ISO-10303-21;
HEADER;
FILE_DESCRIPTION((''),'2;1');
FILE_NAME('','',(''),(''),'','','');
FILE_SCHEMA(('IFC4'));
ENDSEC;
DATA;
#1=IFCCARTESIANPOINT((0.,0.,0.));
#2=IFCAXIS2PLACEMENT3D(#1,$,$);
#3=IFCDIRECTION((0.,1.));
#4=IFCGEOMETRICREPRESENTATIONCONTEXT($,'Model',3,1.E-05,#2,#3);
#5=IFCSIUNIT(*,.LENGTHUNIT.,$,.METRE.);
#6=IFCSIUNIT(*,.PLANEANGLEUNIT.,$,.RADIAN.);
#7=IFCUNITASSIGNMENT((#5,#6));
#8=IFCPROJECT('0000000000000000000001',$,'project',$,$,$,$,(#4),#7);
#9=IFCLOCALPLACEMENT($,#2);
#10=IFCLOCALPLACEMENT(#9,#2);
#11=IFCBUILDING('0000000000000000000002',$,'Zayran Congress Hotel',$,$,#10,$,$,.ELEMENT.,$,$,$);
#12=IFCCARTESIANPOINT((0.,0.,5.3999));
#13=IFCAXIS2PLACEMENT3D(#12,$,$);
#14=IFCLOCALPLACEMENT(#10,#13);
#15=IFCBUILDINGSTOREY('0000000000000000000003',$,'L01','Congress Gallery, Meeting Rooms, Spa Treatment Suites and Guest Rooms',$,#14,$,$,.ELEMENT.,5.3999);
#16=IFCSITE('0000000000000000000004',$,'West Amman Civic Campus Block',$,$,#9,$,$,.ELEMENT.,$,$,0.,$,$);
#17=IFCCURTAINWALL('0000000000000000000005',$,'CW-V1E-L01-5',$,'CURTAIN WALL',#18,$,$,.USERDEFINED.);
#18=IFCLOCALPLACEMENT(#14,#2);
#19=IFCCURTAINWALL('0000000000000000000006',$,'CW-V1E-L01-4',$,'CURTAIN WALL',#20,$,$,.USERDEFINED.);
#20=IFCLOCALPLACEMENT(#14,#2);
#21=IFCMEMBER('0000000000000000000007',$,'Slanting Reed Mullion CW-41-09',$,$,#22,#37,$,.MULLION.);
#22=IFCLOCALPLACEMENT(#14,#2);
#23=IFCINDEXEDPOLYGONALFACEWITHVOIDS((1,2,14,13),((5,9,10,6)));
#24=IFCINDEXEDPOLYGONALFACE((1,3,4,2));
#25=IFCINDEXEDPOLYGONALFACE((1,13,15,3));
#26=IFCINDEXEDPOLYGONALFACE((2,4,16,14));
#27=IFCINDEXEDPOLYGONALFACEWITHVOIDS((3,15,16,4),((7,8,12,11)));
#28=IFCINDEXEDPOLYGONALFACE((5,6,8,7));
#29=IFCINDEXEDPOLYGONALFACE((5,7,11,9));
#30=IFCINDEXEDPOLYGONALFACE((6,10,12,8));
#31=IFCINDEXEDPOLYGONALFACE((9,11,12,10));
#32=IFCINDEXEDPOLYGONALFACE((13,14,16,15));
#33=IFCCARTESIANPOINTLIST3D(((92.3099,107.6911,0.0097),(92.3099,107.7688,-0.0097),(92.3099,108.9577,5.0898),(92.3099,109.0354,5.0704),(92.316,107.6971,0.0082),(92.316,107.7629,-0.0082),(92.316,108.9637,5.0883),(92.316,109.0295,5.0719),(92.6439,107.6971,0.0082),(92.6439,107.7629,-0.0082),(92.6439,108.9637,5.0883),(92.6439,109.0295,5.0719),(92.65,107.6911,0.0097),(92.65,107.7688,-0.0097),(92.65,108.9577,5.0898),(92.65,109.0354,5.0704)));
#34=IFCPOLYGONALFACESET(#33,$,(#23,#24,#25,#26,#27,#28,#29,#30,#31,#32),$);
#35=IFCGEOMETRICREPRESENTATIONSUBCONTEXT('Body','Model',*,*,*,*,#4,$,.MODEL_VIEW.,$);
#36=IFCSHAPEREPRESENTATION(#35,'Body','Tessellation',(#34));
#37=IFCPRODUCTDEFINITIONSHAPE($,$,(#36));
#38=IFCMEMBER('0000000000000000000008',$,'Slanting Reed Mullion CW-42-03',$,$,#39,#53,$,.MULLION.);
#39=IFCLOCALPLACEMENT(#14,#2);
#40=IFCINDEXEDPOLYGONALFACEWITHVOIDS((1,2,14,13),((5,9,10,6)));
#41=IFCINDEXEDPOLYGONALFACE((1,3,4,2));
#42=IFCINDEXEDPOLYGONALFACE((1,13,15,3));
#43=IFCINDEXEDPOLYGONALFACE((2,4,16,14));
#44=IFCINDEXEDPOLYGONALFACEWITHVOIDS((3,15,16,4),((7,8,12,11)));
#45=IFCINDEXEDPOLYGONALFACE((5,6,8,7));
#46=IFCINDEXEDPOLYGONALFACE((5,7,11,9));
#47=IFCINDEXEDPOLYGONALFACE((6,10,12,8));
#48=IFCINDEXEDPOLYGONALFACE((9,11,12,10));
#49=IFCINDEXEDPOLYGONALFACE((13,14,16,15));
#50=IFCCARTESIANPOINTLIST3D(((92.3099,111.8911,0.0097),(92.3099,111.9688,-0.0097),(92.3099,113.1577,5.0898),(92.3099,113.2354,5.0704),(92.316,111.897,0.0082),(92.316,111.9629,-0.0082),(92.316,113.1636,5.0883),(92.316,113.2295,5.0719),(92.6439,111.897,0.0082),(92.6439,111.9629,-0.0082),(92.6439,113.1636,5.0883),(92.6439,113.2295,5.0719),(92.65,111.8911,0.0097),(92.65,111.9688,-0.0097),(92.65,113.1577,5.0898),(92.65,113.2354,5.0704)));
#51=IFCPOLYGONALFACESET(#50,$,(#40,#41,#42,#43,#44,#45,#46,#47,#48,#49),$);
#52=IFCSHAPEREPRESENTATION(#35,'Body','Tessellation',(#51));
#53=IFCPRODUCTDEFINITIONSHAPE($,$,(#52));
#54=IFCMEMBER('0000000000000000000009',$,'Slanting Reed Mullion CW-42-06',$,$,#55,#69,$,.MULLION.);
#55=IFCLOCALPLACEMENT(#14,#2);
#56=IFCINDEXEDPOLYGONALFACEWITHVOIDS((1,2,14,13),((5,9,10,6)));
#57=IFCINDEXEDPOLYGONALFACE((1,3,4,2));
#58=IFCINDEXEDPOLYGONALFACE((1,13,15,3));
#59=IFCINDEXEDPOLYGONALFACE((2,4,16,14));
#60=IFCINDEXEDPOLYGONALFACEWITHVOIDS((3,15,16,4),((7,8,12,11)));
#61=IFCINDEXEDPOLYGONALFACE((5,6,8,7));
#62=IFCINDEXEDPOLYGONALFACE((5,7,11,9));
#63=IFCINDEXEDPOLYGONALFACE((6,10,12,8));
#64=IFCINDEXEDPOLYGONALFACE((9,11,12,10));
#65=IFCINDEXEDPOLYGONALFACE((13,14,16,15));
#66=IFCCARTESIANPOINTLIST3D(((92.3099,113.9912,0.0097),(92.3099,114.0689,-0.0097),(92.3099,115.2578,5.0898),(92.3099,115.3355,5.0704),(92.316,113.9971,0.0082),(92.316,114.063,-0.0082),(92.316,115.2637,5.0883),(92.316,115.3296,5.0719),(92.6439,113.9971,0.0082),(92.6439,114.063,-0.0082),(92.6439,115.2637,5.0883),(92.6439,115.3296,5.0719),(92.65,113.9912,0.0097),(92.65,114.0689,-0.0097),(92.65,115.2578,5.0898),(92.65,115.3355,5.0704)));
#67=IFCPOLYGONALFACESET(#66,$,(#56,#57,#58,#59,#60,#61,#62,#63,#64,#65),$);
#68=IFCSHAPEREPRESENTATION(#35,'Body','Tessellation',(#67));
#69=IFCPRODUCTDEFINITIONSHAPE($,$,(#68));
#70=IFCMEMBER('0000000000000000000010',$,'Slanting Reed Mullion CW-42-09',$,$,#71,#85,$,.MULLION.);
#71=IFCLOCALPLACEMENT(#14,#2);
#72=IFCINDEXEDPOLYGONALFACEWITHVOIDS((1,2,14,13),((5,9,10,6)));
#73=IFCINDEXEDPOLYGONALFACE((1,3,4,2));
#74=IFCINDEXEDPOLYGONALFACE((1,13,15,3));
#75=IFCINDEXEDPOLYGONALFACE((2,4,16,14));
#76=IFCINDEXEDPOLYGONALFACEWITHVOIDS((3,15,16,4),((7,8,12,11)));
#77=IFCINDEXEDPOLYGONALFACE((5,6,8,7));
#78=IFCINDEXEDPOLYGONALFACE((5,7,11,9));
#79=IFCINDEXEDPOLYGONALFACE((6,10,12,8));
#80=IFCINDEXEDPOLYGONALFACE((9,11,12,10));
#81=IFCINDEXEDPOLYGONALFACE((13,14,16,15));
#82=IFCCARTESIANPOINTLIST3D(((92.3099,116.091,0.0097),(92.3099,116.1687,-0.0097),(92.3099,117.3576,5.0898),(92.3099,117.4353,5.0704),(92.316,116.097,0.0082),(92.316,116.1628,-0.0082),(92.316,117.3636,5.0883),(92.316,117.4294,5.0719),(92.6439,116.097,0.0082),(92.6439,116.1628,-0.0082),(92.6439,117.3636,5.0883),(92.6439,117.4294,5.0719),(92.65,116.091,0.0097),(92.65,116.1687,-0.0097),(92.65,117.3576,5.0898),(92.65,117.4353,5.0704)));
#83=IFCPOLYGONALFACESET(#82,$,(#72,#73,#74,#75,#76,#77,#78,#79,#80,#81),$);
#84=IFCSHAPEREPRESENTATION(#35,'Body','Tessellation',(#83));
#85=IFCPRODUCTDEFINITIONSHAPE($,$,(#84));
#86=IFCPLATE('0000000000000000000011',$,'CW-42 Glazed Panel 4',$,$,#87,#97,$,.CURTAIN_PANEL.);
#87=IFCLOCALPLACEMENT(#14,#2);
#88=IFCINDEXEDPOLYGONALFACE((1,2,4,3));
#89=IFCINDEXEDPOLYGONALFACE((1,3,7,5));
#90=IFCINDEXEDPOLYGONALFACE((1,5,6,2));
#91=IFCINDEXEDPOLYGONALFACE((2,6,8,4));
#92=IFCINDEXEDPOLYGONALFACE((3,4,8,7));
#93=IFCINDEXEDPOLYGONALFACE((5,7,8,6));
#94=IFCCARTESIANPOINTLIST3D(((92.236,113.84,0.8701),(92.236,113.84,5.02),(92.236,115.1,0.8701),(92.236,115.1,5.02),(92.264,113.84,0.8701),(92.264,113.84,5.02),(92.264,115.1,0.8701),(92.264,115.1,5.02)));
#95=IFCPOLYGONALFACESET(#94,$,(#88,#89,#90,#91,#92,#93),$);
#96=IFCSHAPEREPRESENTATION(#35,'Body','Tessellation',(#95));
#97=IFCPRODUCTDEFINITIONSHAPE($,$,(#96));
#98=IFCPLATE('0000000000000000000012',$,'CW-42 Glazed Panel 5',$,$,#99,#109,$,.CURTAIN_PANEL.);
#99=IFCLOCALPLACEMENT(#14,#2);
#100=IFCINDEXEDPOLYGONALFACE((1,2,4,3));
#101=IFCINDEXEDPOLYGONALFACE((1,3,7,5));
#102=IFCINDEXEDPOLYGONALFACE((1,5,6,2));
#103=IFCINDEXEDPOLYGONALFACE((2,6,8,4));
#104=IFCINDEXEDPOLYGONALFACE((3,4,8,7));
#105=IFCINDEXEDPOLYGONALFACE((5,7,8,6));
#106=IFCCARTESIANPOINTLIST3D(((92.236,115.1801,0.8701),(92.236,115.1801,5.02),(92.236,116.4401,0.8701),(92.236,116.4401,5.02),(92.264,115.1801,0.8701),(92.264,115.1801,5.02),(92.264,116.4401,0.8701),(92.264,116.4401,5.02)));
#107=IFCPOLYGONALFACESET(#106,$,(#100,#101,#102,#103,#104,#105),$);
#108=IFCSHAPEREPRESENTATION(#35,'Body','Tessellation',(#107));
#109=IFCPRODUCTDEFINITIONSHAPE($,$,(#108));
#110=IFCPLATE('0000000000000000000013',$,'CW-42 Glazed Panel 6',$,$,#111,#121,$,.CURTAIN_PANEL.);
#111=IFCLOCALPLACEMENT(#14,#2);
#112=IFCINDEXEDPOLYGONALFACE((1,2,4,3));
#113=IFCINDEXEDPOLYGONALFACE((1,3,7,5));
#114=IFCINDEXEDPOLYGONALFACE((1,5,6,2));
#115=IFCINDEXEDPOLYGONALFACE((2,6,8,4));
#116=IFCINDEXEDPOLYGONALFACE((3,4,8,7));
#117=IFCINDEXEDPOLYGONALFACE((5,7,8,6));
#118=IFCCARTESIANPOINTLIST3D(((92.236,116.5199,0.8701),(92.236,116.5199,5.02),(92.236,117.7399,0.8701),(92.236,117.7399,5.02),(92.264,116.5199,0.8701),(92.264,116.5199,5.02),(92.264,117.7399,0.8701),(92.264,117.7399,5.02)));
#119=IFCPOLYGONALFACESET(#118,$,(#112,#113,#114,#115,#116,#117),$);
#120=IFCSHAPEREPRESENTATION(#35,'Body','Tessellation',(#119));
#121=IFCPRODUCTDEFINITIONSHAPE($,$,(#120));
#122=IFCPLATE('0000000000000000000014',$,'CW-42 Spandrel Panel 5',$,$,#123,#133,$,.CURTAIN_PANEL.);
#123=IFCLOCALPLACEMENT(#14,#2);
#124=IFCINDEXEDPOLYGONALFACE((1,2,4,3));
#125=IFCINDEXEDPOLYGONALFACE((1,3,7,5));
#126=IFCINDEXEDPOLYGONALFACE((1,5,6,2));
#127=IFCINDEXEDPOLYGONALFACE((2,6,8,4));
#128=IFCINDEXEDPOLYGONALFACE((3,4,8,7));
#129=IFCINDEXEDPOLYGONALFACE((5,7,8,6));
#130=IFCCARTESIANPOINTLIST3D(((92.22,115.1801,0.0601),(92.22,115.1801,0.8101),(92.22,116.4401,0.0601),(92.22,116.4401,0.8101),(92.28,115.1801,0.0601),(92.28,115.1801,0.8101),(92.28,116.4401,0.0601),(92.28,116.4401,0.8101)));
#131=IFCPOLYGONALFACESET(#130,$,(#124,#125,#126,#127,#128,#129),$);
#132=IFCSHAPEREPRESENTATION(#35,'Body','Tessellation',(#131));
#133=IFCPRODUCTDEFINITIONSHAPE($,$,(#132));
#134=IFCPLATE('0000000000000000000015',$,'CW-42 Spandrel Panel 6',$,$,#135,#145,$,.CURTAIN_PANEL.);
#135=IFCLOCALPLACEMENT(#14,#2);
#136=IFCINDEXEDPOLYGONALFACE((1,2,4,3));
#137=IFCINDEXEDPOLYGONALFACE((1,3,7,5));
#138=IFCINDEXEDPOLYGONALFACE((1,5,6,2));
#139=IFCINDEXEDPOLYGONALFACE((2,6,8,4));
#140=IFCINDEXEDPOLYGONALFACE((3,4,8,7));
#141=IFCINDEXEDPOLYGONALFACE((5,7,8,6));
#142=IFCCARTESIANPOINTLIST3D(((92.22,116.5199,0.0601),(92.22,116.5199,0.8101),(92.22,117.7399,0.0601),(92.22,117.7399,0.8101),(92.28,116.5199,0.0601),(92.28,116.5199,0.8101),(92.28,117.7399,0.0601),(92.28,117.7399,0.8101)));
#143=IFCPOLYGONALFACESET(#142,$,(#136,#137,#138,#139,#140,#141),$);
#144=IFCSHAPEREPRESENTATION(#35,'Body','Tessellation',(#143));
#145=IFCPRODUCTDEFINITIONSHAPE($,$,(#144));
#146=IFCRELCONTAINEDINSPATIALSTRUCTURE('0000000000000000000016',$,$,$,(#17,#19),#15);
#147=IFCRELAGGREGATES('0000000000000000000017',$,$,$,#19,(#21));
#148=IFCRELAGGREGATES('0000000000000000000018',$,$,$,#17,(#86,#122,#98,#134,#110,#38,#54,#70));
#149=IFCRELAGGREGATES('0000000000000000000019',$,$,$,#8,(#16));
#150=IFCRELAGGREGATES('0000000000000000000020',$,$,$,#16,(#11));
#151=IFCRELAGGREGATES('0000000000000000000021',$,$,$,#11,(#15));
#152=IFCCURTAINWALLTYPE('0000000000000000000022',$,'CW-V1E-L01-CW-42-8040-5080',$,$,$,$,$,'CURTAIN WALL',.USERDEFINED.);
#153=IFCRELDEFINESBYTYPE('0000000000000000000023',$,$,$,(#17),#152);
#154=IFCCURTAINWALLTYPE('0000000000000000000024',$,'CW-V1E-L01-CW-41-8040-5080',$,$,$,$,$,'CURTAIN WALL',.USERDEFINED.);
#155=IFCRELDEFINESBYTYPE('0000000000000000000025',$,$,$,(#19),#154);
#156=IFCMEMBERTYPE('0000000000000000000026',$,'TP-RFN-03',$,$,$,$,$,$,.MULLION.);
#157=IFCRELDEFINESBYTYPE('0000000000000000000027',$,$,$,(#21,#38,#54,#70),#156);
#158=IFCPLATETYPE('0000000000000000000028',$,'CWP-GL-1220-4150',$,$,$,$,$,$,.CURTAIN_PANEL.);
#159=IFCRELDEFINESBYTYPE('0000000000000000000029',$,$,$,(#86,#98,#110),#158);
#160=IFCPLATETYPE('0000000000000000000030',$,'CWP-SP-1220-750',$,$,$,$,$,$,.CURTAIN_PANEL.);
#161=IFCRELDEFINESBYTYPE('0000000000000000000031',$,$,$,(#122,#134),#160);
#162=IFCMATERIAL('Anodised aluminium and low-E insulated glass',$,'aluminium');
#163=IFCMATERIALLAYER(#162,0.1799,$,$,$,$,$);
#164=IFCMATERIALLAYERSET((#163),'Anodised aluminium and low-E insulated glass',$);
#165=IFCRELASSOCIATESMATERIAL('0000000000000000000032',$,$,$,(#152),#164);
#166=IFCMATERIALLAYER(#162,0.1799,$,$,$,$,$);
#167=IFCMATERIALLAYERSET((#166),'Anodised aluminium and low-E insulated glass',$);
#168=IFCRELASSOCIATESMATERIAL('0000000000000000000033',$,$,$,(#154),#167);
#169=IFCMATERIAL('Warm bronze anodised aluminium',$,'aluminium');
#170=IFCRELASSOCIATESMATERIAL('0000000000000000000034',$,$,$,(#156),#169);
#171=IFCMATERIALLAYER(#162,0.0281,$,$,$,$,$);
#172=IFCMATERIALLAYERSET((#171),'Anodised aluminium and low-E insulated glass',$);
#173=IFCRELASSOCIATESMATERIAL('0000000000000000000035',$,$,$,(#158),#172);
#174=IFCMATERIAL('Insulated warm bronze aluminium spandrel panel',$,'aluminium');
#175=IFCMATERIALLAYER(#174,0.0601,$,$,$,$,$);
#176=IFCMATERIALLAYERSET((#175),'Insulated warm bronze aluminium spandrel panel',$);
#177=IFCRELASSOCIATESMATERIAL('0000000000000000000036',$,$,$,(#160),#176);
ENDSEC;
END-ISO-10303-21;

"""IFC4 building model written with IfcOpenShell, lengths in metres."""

from ifc_helpers import new_model, si_unit, direction, frame, origin, origin_2d, place, context, subcontext, project, spatial, rectangle, hollow_rectangle, extrude, material, layer, layer_set, material_profile, profile_set, type_object, element, aggregate, save


model = new_model("IFC4")

# Units and contexts
model_context = context("Model", 3, precision=1e-05, world=origin(), true_north=direction((0.0, 1.0)))
body_context = subcontext(model_context, "Body", "Model", "MODEL_VIEW")
ifc_project = project(units=[si_unit("LENGTHUNIT", "METRE"), si_unit("PLANEANGLEUNIT", "RADIAN")], contexts=[model_context])

# Site, building, storey
site_placement = place(None, origin())
site = spatial("IfcSite", under=ifc_project, at=site_placement, Name="West Amman Civic Campus Block", CompositionType="ELEMENT", RefElevation=0.0)
building_placement = place(site_placement, origin())
building = spatial("IfcBuilding", under=site, at=building_placement, Name="Zayran Congress Hotel", CompositionType="ELEMENT")
storey_placement = place(building_placement, frame((0.0, 0.0, 5.3999)))
storey = spatial("IfcBuildingStorey", under=building, at=storey_placement, Name="L01", Description="Congress Gallery, Meeting Rooms, Spa Treatment Suites and Guest Rooms", CompositionType="ELEMENT", Elevation=5.3999)

# Shared definitions
ifc_material_1 = material(Name="Anodised aluminium and low-E insulated glass", Category="aluminium")

# Curtain wall
ifc_layer_1 = layer(ifc_material_1, 0.1799)
ifc_layer_set_1 = layer_set([ifc_layer_1], Name="Anodised aluminium and low-E insulated glass")
curtain_wall_type_1 = type_object("IfcCurtainWallType", Name="CW-V1E-L01-CW-42-8040-5080", ElementType="CURTAIN WALL", PredefinedType="USERDEFINED", material=ifc_layer_set_1)
curtain_wall_1_placement = place(storey_placement, origin())
curtain_wall_1 = element("IfcCurtainWall", 1, at=curtain_wall_1_placement, inside=storey, type_object=curtain_wall_type_1, Name="CW-V1E-L01-5", ObjectType="CURTAIN WALL", PredefinedType="USERDEFINED")

# Shared definitions
ifc_material_2 = material(Name="Warm bronze anodised aluminium", Category="aluminium")

# Curtain wall, member
ifc_layer_2 = layer(ifc_material_1, 0.1799)
ifc_layer_set_2 = layer_set([ifc_layer_2], Name="Anodised aluminium and low-E insulated glass")
curtain_wall_type_2 = type_object("IfcCurtainWallType", Name="CW-V1E-L01-CW-41-8040-5080", ElementType="CURTAIN WALL", PredefinedType="USERDEFINED", material=ifc_layer_set_2)
curtain_wall_2_placement = place(storey_placement, origin())
curtain_wall_2 = element("IfcCurtainWall", 2, at=curtain_wall_2_placement, inside=storey, type_object=curtain_wall_type_2, Name="CW-V1E-L01-4", ObjectType="CURTAIN WALL", PredefinedType="USERDEFINED")
ifc_material_profile_1 = material_profile(ifc_material_2, hollow_rectangle(XDim=0.0801, YDim=0.3401, WallThickness=0.0061, at=origin_2d()), Name="RHS 340x80x6")
ifc_profile_set_1 = profile_set([ifc_material_profile_1], Name="Warm bronze anodised aluminium")
member_type_1 = type_object("IfcMemberType", Name="TP-RFN-03", PredefinedType="MULLION", material=ifc_profile_set_1)
member_1_placement = place(storey_placement, frame((92.48, 107.73, 0.0), z_axis=(0.0, 0.241921, 0.970296), x_axis=(0.0, -0.970296, 0.241921)))
member_1 = element("IfcMember", 3, at=member_1_placement, type_object=member_type_1, Name="Slanting Reed Mullion CW-41-09", PredefinedType="MULLION", context=body_context, shape_type="SweptSolid", body=[
    extrude(hollow_rectangle(XDim=0.0801, YDim=0.3401, WallThickness=0.0061, at=origin_2d()), origin(), (0.0, 0.0, 1.0), 5.2356),
])
aggregate(curtain_wall_2, [member_1])

# Members
member_2_placement = place(storey_placement, frame((92.48, 111.9299, 0.0), z_axis=(0.0, 0.241921, 0.970296), x_axis=(0.0, -0.970296, 0.241921)))
member_2 = element("IfcMember", 4, at=member_2_placement, type_object=member_type_1, Name="Slanting Reed Mullion CW-42-03", PredefinedType="MULLION", context=body_context, shape_type="SweptSolid", body=[
    extrude(hollow_rectangle(XDim=0.0801, YDim=0.3401, WallThickness=0.0061, at=origin_2d()), origin(), (0.0, 0.0, 1.0), 5.2356),
])
member_3_placement = place(storey_placement, frame((92.48, 114.03, 0.0), z_axis=(0.0, 0.241921, 0.970296), x_axis=(0.0, -0.970296, 0.241921)))
member_3 = element("IfcMember", 5, at=member_3_placement, type_object=member_type_1, Name="Slanting Reed Mullion CW-42-06", PredefinedType="MULLION", context=body_context, shape_type="SweptSolid", body=[
    extrude(hollow_rectangle(XDim=0.0801, YDim=0.3401, WallThickness=0.0061, at=origin_2d()), origin(), (0.0, 0.0, 1.0), 5.2356),
])
member_4_placement = place(storey_placement, frame((92.48, 116.1299, 0.0), z_axis=(0.0, 0.241921, 0.970296), x_axis=(0.0, -0.970296, 0.241921)))
member_4 = element("IfcMember", 6, at=member_4_placement, type_object=member_type_1, Name="Slanting Reed Mullion CW-42-09", PredefinedType="MULLION", context=body_context, shape_type="SweptSolid", body=[
    extrude(hollow_rectangle(XDim=0.0801, YDim=0.3401, WallThickness=0.0061, at=origin_2d()), origin(), (0.0, 0.0, 1.0), 5.2356),
])

# Plates
ifc_layer_3 = layer(ifc_material_1, 0.0281)
ifc_layer_set_3 = layer_set([ifc_layer_3], Name="Anodised aluminium and low-E insulated glass")
plate_type_1 = type_object("IfcPlateType", Name="CWP-GL-1220-4150", PredefinedType="CURTAIN_PANEL", material=ifc_layer_set_3)
plate_1_placement = place(storey_placement, frame((92.25, 114.47, 0.8701), z_axis=(0.0, 0.0, 1.0), x_axis=(0.0, 1.0, 0.0)))
plate_1 = element("IfcPlate", 7, at=plate_1_placement, type_object=plate_type_1, Name="CW-42 Glazed Panel 4", PredefinedType="CURTAIN_PANEL", context=body_context, shape_type="SweptSolid", body=[
    extrude(rectangle(XDim=1.26, YDim=0.0281, at=origin_2d()), origin(), (0.0, 0.0, 1.0), 4.1499),
])
plate_2_placement = place(storey_placement, frame((92.25, 115.8101, 0.8701), z_axis=(0.0, 0.0, 1.0), x_axis=(0.0, 1.0, 0.0)))
plate_2 = element("IfcPlate", 8, at=plate_2_placement, type_object=plate_type_1, Name="CW-42 Glazed Panel 5", PredefinedType="CURTAIN_PANEL", context=body_context, shape_type="SweptSolid", body=[
    extrude(rectangle(XDim=1.26, YDim=0.0281, at=origin_2d()), origin(), (0.0, 0.0, 1.0), 4.1499),
])
plate_3_placement = place(storey_placement, frame((92.25, 117.1299, 0.8701), z_axis=(0.0, 0.0, 1.0), x_axis=(0.0, 1.0, 0.0)))
plate_3 = element("IfcPlate", 9, at=plate_3_placement, type_object=plate_type_1, Name="CW-42 Glazed Panel 6", PredefinedType="CURTAIN_PANEL", context=body_context, shape_type="SweptSolid", body=[
    extrude(rectangle(XDim=1.22, YDim=0.0281, at=origin_2d()), origin(), (0.0, 0.0, 1.0), 4.1499),
])
ifc_material_3 = material(Name="Insulated warm bronze aluminium spandrel panel", Category="aluminium")
ifc_layer_4 = layer(ifc_material_3, 0.0601)
ifc_layer_set_4 = layer_set([ifc_layer_4], Name="Insulated warm bronze aluminium spandrel panel")
plate_type_2 = type_object("IfcPlateType", Name="CWP-SP-1220-750", PredefinedType="CURTAIN_PANEL", material=ifc_layer_set_4)
plate_4_placement = place(storey_placement, frame((92.25, 115.8101, 0.0601), z_axis=(0.0, 0.0, 1.0), x_axis=(0.0, 1.0, 0.0)))
plate_4 = element("IfcPlate", 10, at=plate_4_placement, type_object=plate_type_2, Name="CW-42 Spandrel Panel 5", PredefinedType="CURTAIN_PANEL", context=body_context, shape_type="SweptSolid", body=[
    extrude(rectangle(XDim=1.26, YDim=0.0601, at=origin_2d()), origin(), (0.0, 0.0, 1.0), 0.75),
])
plate_5_placement = place(storey_placement, frame((92.25, 117.1299, 0.0601), z_axis=(0.0, 0.0, 1.0), x_axis=(0.0, 1.0, 0.0)))
plate_5 = element("IfcPlate", 11, at=plate_5_placement, type_object=plate_type_2, Name="CW-42 Spandrel Panel 6", PredefinedType="CURTAIN_PANEL", context=body_context, shape_type="SweptSolid", body=[
    extrude(rectangle(XDim=1.22, YDim=0.0601, at=origin_2d()), origin(), (0.0, 0.0, 1.0), 0.75),
])
aggregate(curtain_wall_1, [plate_1, plate_4, plate_2, plate_5, plate_3, member_2, member_3, member_4])

save(model, "model.ifc")
